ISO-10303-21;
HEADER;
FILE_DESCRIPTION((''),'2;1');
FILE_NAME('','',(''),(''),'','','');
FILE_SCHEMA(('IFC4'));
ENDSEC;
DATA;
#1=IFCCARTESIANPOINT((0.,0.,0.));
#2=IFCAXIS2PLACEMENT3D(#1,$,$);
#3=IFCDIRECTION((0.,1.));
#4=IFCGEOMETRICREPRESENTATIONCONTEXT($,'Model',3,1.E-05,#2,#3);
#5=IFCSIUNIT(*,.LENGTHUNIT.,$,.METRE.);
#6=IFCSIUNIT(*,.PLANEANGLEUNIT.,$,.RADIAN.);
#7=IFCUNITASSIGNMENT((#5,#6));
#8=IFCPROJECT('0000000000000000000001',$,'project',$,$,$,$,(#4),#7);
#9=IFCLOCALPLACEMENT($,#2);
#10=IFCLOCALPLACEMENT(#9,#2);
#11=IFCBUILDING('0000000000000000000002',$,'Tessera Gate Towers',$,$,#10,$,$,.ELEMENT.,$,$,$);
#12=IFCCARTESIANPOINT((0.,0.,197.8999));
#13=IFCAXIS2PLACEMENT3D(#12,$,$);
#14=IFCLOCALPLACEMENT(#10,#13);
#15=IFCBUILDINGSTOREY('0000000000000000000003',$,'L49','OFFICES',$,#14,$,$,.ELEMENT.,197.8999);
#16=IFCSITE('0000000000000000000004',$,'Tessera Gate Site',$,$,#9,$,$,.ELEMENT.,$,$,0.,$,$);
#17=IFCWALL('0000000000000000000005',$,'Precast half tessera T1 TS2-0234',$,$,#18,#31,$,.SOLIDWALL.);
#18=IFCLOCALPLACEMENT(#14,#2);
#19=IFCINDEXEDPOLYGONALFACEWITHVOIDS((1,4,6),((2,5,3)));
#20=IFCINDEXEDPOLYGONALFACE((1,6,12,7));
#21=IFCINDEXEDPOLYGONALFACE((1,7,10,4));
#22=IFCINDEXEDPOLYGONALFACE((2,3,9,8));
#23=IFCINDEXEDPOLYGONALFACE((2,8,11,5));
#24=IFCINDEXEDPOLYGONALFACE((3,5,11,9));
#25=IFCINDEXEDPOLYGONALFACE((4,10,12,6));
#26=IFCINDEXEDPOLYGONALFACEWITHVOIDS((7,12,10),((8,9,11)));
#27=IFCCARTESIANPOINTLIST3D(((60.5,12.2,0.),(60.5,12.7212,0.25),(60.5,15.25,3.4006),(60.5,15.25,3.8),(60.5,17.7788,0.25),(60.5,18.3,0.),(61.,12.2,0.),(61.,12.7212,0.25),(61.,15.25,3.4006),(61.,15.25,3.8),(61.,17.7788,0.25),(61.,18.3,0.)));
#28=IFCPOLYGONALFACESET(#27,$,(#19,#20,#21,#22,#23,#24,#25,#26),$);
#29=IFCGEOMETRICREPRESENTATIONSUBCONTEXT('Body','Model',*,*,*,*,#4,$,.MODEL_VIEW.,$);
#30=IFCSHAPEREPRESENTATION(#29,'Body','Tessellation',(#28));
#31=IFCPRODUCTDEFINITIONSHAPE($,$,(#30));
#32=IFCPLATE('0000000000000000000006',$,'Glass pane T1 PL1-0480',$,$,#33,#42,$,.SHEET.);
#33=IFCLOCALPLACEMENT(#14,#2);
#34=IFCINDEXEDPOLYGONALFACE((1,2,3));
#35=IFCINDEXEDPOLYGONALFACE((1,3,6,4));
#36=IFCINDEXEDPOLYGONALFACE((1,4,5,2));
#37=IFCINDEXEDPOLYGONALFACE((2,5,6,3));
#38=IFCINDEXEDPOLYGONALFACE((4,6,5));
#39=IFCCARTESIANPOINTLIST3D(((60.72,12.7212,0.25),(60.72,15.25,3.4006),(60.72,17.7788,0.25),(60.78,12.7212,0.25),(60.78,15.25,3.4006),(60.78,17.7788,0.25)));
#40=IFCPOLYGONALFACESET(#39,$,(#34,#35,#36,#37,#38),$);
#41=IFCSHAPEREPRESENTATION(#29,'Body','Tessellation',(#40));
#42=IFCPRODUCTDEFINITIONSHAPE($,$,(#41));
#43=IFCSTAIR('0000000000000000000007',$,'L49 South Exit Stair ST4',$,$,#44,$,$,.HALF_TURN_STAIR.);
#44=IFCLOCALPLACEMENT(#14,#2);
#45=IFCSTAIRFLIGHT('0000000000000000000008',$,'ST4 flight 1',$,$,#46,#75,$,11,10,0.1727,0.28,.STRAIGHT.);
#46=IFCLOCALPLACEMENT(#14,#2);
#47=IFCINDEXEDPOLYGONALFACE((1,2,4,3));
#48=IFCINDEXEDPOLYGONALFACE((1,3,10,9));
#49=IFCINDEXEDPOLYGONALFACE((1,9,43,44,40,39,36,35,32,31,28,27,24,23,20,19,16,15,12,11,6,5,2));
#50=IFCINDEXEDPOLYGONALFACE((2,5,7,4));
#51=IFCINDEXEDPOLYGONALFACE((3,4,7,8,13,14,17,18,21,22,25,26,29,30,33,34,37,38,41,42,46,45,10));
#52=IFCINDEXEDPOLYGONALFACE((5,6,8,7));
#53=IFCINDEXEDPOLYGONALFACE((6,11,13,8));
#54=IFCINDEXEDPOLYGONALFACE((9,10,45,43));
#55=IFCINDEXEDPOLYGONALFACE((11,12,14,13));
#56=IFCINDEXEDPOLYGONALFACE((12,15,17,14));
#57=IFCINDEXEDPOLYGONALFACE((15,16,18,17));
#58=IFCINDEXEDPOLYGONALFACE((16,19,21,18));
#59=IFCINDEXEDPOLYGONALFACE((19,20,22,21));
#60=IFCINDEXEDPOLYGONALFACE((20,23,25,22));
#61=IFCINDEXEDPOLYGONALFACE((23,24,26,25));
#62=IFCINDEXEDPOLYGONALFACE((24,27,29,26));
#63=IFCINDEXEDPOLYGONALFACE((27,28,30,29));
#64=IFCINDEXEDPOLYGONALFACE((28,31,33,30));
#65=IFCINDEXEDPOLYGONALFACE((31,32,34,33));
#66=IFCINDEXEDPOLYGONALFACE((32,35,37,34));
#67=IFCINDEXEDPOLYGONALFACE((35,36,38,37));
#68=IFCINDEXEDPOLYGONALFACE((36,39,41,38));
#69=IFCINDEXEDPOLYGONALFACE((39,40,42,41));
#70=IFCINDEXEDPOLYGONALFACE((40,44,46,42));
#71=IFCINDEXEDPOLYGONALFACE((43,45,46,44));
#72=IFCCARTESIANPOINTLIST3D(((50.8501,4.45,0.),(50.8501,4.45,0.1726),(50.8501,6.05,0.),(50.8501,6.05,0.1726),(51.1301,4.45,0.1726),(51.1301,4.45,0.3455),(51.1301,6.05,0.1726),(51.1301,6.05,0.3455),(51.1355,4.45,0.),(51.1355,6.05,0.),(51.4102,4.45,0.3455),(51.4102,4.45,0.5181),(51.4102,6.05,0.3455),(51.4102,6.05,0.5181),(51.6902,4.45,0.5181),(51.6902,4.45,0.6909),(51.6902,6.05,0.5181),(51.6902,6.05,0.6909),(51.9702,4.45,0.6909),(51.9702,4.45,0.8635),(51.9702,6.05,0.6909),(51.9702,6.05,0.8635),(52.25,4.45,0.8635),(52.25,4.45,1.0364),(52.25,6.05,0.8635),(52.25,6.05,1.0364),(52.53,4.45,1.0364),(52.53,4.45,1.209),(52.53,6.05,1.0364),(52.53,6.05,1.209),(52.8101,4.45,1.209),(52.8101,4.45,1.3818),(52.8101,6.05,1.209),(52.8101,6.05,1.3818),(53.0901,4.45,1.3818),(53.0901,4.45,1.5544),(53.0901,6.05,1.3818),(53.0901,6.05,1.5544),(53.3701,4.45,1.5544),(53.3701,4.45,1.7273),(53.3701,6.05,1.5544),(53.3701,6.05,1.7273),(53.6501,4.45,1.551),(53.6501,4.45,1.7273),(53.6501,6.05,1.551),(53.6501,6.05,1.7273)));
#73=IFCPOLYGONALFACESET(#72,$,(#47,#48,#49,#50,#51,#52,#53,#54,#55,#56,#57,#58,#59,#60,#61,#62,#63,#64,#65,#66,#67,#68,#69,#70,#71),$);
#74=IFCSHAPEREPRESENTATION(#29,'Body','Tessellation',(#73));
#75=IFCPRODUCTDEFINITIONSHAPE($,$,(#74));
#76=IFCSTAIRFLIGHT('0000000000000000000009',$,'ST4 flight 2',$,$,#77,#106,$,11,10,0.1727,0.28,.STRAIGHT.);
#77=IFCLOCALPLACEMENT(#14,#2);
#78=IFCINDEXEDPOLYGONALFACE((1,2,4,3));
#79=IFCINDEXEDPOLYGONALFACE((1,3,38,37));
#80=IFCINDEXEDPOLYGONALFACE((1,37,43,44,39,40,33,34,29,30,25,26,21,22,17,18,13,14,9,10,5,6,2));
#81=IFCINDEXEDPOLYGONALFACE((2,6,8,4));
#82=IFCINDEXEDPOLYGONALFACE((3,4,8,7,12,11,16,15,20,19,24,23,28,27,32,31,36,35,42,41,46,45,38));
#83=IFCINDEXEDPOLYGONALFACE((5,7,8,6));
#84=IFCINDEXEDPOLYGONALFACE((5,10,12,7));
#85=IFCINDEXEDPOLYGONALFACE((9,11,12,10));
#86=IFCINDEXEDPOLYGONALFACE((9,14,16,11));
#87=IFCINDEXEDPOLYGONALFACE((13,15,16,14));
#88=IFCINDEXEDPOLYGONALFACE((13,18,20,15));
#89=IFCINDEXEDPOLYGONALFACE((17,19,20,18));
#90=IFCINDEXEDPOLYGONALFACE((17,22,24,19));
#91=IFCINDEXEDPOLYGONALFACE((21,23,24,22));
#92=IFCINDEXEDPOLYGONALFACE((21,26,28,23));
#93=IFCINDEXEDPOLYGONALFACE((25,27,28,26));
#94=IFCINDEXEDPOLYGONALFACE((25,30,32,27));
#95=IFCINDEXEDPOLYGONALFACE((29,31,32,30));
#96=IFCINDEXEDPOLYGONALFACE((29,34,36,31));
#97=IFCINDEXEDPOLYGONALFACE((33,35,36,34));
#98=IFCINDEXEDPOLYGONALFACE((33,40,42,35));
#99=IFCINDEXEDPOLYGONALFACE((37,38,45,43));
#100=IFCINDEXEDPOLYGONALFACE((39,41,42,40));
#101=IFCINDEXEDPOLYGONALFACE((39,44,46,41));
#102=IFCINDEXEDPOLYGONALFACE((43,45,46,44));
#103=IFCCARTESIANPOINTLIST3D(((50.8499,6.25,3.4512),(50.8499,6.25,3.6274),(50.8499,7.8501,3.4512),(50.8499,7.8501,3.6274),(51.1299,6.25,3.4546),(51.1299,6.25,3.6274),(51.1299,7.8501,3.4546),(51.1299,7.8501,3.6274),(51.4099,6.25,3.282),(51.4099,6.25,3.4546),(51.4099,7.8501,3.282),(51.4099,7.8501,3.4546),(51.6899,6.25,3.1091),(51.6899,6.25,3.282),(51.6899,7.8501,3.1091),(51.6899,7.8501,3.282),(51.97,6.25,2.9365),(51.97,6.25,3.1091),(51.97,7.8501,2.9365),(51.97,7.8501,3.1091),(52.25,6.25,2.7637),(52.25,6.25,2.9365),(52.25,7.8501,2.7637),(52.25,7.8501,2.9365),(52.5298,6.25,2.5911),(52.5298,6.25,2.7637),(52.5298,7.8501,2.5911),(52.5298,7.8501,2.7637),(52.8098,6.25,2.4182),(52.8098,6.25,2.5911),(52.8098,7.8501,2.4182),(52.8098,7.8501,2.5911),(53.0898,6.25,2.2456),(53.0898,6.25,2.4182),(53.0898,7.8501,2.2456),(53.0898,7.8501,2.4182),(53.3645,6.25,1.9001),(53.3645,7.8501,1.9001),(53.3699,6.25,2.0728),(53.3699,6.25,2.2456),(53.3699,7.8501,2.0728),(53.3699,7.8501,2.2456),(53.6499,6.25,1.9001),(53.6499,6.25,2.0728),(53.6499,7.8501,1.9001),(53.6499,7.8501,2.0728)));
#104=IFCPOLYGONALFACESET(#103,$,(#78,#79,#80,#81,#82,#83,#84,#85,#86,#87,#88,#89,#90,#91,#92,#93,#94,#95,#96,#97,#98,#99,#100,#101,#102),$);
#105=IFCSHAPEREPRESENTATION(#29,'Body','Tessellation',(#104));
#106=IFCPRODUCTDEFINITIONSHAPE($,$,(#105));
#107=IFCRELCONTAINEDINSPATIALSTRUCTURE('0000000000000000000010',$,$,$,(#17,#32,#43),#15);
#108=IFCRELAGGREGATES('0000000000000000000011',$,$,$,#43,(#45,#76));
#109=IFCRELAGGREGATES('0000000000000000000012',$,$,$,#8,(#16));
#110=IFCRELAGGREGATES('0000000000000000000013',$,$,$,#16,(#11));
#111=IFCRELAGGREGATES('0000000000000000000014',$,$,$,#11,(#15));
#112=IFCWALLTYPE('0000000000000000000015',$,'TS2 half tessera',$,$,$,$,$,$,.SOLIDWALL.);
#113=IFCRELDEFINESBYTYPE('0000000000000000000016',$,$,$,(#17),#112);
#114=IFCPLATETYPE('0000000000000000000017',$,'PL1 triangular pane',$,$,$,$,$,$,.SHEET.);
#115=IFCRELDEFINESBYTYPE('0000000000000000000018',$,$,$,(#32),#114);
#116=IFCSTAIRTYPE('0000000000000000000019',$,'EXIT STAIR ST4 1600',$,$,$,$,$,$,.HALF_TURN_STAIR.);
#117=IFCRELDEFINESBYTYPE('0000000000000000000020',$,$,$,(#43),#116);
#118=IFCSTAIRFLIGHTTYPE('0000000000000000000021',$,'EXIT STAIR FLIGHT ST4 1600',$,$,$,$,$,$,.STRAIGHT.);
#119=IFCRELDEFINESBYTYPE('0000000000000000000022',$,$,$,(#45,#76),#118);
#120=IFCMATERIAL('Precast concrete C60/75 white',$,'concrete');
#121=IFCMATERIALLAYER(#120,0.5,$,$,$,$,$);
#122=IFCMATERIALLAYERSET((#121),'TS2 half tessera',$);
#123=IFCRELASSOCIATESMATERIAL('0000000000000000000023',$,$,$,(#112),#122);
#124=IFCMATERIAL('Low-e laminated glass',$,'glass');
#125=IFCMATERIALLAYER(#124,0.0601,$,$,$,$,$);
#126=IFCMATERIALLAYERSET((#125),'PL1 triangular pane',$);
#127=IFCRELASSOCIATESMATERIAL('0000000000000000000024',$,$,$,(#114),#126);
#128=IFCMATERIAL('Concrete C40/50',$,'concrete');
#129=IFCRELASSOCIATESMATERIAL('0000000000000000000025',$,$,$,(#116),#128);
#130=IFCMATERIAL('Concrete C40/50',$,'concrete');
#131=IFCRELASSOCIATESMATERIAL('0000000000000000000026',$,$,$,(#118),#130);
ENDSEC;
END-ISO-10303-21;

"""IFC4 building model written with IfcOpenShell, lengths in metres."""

from ifc_helpers import new_model, si_unit, direction, frame, origin, place, context, subcontext, project, spatial, polyline, outline, extrude, source, transform, mapped, material, layer, layer_set, type_object, element, fill, aggregate, save


model = new_model("IFC4")

# Units and contexts
model_context = context("Model", 3, precision=1e-05, world=origin(), true_north=direction((0.0, 1.0)))
body_context = subcontext(model_context, "Body", "Model", "MODEL_VIEW")
ifc_project = project(units=[si_unit("LENGTHUNIT", "METRE"), si_unit("PLANEANGLEUNIT", "RADIAN")], contexts=[model_context])

# Site, building, storey
site_placement = place(None, origin())
site = spatial("IfcSite", under=ifc_project, at=site_placement, Name="Tessera Gate Site", CompositionType="ELEMENT", RefElevation=0.0)
building_placement = place(site_placement, origin())
building = spatial("IfcBuilding", under=site, at=building_placement, Name="Tessera Gate Towers", CompositionType="ELEMENT")
storey_placement = place(building_placement, frame((0.0, 0.0, 197.8999)))
storey = spatial("IfcBuildingStorey", under=building, at=storey_placement, Name="L49", Description="OFFICES", CompositionType="ELEMENT", Elevation=197.8999)

# Wall, opening, plate
ifc_material_1 = material(Name="Precast concrete C60/75 white", Category="concrete")
ifc_layer_1 = layer(ifc_material_1, 0.5)
ifc_layer_set_1 = layer_set([ifc_layer_1], Name="TS2 half tessera")
wall_type_1 = type_object("IfcWallType", Name="TS2 half tessera", PredefinedType="SOLIDWALL", material=ifc_layer_set_1)
shared_shape_1 = source(origin(), body_context, "Body", "SweptSolid", [
    extrude(outline(polyline([(6.1001, 0.0), (3.05, 3.8), (0.0, 0.0), (6.1001, 0.0)])), frame((0.0, 0.25, 0.0), z_axis=(0.0, -1.0, 0.0), x_axis=(1.0, 0.0, 0.0)), (0.0, 0.0, 1.0), 0.5),
])
wall_1_placement = place(storey_placement, frame((60.75, 12.2, 0.0), z_axis=(0.0, 0.0, 1.0), x_axis=(0.0, 1.0, 0.0)))
wall_1 = element("IfcWall", 1, at=wall_1_placement, inside=storey, type_object=wall_type_1, Name="Precast half tessera T1 TS2-0234", PredefinedType="SOLIDWALL", context=body_context, shape_type="MappedRepresentation", body=[
    mapped(shared_shape_1, transform((0.0, 0.0, 0.0), scale=1.0)),
])
shared_shape_2 = source(origin(), body_context, "Body", "SweptSolid", [
    extrude(outline(polyline([(5.5789, 0.25), (3.05, 3.4006), (0.5212, 0.25), (5.5789, 0.25)])), frame((0.0, 0.26, 0.0), z_axis=(0.0, -1.0, 0.0), x_axis=(1.0, 0.0, 0.0)), (0.0, 0.0, 1.0), 0.52),
])
opening_1_placement = place(wall_1_placement, origin())
opening_1 = element("IfcOpeningElement", 2, at=opening_1_placement, cuts=wall_1, PredefinedType="OPENING", context=body_context, shape_type="MappedRepresentation", body=[
    mapped(shared_shape_2, transform((0.0, 0.0, 0.0), scale=1.0)),
])
ifc_material_2 = material(Name="Low-e laminated glass", Category="glass")
ifc_layer_2 = layer(ifc_material_2, 0.0601)
ifc_layer_set_2 = layer_set([ifc_layer_2], Name="PL1 triangular pane")
plate_type = type_object("IfcPlateType", Name="PL1 triangular pane", PredefinedType="SHEET", material=ifc_layer_set_2)
shared_shape_3 = source(origin(), body_context, "Body", "SweptSolid", [
    extrude(outline(polyline([(5.5789, 0.25), (3.05, 3.4006), (0.5212, 0.25), (5.5789, 0.25)])), frame((0.0, 0.03, 0.0), z_axis=(0.0, -1.0, 0.0), x_axis=(1.0, 0.0, 0.0)), (0.0, 0.0, 1.0), 0.0601),
])
plate_placement = place(opening_1_placement, origin())
plate = element("IfcPlate", 3, at=plate_placement, inside=storey, type_object=plate_type, Name="Glass pane T1 PL1-0480", PredefinedType="SHEET", context=body_context, shape_type="MappedRepresentation", body=[
    mapped(shared_shape_3, transform((0.0, 0.0, 0.0), scale=1.0)),
])
fill(opening_1, plate)

# Stair, stair flights
ifc_material_3 = material(Name="Concrete C40/50", Category="concrete")
stair_type = type_object("IfcStairType", Name="EXIT STAIR ST4 1600", PredefinedType="HALF_TURN_STAIR", material=ifc_material_3)
stair_placement = place(storey_placement, origin())
stair = element("IfcStair", 4, at=stair_placement, inside=storey, type_object=stair_type, Name="L49 South Exit Stair ST4", PredefinedType="HALF_TURN_STAIR")
ifc_material_4 = material(Name="Concrete C40/50", Category="concrete")
stair_flight_type = type_object("IfcStairFlightType", Name="EXIT STAIR FLIGHT ST4 1600", PredefinedType="STRAIGHT", material=ifc_material_4)
stair_flight_1_placement = place(storey_placement, frame((50.8501, 5.25, 0.0), z_axis=(0.0, 0.0, 1.0), x_axis=(1.0, 0.0, 0.0)))
stair_flight_1 = element("IfcStairFlight", 5, at=stair_flight_1_placement, type_object=stair_flight_type, Name="ST4 flight 1", NumberOfRisers=11, NumberOfTreads=10, PredefinedType="STRAIGHT", RiserHeight=0.1727, TreadLength=0.28, context=body_context, shape_type="SweptSolid", body=[
    extrude(outline(polyline([(0.0, 0.0), (0.0, 0.1726), (0.28, 0.1726), (0.28, 0.3455), (0.5601, 0.3455), (0.5601, 0.5181), (0.8401, 0.5181), (0.8401, 0.6909), (1.1201, 0.6909), (1.1201, 0.8635), (1.3999, 0.8635), (1.3999, 1.0364), (1.6799, 1.0364), (1.6799, 1.209), (1.96, 1.209), (1.96, 1.3818), (2.24, 1.3818), (2.24, 1.5544), (2.52, 1.5544), (2.52, 1.7273), (2.8, 1.7273), (2.8, 1.8999), (2.8, 1.551), (0.2854, 0.0), (0.0, 0.0)])), frame((0.0, 0.8, 0.0), z_axis=(0.0, -1.0, 0.0), x_axis=(1.0, 0.0, 0.0)), (0.0, 0.0, 1.0), 1.6001),
])
stair_flight_2_placement = place(storey_placement, frame((53.6499, 7.05, 1.9001), z_axis=(0.0, 0.0, 1.0), x_axis=(-1.0, 0.0, 0.0)))
stair_flight_2 = element("IfcStairFlight", 6, at=stair_flight_2_placement, type_object=stair_flight_type, Name="ST4 flight 2", NumberOfRisers=11, NumberOfTreads=10, PredefinedType="STRAIGHT", RiserHeight=0.1727, TreadLength=0.28, context=body_context, shape_type="SweptSolid", body=[
    extrude(outline(polyline([(0.0, 0.0), (0.0, 0.1726), (0.28, 0.1726), (0.28, 0.3455), (0.5601, 0.3455), (0.5601, 0.5181), (0.8401, 0.5181), (0.8401, 0.6909), (1.1201, 0.6909), (1.1201, 0.8635), (1.3999, 0.8635), (1.3999, 1.0364), (1.6799, 1.0364), (1.6799, 1.209), (1.96, 1.209), (1.96, 1.3818), (2.24, 1.3818), (2.24, 1.5544), (2.52, 1.5544), (2.52, 1.7273), (2.8, 1.7273), (2.8, 1.8999), (2.8, 1.551), (0.2854, 0.0), (0.0, 0.0)])), frame((0.0, 0.8, 0.0), z_axis=(0.0, -1.0, 0.0), x_axis=(1.0, 0.0, 0.0)), (0.0, 0.0, 1.0), 1.6001),
])
aggregate(stair, [stair_flight_1, stair_flight_2])

save(model, "model.ifc")
